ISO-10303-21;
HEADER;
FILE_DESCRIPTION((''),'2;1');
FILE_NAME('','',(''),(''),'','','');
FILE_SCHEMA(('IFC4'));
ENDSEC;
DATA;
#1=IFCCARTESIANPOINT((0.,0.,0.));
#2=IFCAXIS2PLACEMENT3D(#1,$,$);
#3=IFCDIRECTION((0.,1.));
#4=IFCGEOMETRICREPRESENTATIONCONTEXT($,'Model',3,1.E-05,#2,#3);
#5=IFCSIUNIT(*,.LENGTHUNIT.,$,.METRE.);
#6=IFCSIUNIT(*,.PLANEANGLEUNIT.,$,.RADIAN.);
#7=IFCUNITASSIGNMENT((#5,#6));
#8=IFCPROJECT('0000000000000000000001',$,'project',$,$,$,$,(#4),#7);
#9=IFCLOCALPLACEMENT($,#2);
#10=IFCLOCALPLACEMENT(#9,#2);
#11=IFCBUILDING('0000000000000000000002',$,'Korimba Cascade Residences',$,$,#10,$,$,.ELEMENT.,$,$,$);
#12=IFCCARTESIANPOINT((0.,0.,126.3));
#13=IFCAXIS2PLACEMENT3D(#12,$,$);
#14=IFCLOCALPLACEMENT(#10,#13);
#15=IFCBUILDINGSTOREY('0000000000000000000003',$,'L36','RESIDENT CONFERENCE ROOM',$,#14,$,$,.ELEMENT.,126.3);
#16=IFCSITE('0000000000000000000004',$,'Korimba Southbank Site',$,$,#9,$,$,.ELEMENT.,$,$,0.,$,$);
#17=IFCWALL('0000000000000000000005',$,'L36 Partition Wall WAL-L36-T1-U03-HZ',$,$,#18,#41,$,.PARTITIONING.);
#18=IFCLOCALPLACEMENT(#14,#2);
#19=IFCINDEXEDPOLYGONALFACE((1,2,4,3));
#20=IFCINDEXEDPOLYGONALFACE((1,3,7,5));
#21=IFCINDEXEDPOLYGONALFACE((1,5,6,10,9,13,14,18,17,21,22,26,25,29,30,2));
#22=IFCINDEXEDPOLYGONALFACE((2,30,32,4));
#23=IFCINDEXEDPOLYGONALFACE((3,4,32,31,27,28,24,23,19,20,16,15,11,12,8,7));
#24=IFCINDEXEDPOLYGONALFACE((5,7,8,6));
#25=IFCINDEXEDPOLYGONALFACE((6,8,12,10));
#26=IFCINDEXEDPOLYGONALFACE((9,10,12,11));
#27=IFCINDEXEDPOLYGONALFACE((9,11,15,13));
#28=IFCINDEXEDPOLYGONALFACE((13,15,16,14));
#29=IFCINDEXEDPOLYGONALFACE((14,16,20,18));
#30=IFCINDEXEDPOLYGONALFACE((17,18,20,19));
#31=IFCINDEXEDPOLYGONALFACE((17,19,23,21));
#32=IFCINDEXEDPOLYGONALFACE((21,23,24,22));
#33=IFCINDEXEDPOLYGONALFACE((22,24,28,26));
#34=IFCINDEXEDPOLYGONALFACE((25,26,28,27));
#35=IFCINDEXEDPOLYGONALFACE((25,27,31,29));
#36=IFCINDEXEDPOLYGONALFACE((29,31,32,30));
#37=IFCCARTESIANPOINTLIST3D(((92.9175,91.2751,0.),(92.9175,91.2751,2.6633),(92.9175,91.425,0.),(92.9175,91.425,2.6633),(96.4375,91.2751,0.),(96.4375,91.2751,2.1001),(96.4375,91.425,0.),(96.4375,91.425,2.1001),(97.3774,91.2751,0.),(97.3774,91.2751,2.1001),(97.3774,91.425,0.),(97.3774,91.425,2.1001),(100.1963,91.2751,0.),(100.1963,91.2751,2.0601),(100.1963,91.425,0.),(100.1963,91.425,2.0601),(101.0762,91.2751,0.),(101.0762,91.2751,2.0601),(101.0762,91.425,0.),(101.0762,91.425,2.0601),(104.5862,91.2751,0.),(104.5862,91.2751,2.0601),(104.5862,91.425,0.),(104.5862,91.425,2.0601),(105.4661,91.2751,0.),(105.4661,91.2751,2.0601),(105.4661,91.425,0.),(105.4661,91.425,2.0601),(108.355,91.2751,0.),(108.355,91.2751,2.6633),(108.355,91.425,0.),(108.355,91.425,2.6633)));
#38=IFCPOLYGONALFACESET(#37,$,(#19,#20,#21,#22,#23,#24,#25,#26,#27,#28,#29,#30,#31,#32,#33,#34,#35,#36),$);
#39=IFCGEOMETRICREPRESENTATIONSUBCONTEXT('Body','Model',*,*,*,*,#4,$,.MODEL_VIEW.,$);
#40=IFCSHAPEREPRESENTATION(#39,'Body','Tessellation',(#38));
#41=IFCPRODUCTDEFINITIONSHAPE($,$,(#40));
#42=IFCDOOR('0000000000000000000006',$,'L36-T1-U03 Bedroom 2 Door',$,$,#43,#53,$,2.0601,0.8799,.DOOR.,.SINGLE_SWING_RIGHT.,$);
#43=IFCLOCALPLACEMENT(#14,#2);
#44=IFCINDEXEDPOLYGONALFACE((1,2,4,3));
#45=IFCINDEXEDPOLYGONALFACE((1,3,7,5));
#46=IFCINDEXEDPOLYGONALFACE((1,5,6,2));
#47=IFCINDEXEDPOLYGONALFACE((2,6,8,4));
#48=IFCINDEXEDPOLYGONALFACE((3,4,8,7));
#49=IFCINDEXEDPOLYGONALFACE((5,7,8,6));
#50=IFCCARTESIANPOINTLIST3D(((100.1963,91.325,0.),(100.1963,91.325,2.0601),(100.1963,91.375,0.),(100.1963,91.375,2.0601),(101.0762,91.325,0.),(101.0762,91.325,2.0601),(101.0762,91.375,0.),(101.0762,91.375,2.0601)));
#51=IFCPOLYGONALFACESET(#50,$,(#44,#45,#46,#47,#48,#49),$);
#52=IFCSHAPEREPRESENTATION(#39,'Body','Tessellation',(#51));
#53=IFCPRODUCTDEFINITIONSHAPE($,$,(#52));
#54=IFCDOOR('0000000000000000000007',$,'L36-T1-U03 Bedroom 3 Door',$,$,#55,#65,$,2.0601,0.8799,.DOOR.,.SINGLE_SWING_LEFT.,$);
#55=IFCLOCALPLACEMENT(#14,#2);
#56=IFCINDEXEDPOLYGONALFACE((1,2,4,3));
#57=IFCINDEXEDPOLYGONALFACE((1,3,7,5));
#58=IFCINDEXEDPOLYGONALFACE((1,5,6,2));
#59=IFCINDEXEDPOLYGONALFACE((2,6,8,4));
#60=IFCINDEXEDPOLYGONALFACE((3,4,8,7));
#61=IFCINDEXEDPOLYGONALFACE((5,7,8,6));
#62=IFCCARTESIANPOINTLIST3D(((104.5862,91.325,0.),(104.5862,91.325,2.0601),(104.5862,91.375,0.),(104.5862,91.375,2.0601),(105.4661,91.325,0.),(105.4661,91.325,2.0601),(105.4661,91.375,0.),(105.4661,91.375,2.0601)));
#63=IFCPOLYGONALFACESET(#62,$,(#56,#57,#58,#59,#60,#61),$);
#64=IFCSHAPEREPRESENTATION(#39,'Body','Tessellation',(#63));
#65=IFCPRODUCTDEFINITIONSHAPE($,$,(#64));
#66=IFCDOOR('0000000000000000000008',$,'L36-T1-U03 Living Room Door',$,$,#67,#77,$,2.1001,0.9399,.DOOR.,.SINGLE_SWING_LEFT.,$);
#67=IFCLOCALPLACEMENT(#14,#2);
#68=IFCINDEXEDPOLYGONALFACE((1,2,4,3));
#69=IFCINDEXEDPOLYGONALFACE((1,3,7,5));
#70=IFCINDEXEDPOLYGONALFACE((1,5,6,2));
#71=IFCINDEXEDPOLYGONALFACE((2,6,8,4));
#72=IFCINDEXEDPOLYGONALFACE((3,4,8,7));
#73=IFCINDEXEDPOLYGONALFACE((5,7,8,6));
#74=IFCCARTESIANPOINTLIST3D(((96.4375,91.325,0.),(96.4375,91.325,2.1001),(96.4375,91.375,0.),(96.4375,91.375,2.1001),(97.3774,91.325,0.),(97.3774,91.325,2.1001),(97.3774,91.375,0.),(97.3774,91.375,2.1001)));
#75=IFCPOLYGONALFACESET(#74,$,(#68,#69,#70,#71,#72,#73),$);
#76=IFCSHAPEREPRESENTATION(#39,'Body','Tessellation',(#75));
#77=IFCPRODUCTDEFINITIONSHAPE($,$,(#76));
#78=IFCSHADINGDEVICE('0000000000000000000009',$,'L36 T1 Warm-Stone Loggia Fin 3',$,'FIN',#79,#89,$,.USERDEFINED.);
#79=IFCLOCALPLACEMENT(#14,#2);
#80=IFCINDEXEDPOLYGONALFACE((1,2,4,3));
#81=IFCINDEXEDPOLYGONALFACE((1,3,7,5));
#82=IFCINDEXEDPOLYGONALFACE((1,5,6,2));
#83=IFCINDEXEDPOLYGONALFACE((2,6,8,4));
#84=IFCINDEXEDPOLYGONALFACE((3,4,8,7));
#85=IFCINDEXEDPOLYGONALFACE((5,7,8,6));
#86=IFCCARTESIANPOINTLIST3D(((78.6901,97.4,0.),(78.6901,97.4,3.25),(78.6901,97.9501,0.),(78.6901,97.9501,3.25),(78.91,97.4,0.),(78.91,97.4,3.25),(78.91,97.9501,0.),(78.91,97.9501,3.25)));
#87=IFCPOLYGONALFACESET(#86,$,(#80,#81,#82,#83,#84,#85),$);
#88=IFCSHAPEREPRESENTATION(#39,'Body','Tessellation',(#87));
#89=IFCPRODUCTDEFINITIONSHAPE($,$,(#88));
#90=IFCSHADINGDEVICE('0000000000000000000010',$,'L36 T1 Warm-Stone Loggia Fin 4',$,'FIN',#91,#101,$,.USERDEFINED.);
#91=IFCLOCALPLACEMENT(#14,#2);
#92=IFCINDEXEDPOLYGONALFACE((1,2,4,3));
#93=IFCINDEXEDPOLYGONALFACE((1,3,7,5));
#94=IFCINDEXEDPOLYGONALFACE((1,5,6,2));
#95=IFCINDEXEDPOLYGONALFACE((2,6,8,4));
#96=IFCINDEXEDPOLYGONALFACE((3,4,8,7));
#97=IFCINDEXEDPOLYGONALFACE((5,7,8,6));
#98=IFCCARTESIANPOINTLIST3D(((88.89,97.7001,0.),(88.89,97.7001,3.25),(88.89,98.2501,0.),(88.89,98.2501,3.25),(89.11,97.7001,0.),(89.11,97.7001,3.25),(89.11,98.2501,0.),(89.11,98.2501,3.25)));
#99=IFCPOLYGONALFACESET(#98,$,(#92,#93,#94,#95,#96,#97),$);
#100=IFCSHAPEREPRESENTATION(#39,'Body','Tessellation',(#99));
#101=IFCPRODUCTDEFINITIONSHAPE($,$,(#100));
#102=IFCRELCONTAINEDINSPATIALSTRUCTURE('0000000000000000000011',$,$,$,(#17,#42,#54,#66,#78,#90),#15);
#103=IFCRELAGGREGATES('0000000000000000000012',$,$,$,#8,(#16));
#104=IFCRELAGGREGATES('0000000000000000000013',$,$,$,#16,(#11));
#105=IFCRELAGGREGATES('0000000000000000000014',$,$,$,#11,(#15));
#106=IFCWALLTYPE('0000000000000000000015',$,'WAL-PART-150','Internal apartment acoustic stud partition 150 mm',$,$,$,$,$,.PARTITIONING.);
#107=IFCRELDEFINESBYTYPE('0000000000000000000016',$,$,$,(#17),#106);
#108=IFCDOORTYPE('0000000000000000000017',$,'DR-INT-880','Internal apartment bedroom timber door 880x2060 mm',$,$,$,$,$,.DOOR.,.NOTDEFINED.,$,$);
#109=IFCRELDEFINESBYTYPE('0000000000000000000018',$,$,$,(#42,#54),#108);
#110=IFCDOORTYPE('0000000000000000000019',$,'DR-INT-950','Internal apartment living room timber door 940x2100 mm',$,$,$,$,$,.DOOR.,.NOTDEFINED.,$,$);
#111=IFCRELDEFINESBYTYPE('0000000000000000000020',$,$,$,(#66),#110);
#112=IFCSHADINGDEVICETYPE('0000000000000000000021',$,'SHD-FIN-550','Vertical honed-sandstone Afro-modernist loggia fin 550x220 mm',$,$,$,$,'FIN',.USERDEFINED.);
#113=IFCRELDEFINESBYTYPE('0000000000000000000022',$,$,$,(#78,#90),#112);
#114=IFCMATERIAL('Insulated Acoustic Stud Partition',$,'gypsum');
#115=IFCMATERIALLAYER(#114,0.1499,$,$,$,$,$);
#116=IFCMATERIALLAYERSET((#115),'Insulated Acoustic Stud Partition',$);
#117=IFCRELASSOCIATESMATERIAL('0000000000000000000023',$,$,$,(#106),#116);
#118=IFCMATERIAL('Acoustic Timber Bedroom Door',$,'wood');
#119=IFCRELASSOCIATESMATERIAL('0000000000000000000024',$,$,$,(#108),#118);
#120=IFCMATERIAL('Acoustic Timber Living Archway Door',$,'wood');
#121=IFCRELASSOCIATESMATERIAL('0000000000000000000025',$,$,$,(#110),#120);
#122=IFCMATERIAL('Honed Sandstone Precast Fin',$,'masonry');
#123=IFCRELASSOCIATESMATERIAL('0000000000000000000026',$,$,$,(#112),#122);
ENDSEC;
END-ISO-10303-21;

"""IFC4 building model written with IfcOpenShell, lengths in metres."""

from ifc_helpers import new_model, si_unit, direction, frame, frame_2d, origin, origin_2d, place, context, subcontext, project, spatial, rectangle, extrude, material, layer, layer_set, type_object, element, fill, save


model = new_model("IFC4")

# Units and contexts
model_context = context("Model", 3, precision=1e-05, world=origin(), true_north=direction((0.0, 1.0)))
body_context = subcontext(model_context, "Body", "Model", "MODEL_VIEW")
ifc_project = project(units=[si_unit("LENGTHUNIT", "METRE"), si_unit("PLANEANGLEUNIT", "RADIAN")], contexts=[model_context])

# Site, building, storey
site_placement = place(None, origin())
site = spatial("IfcSite", under=ifc_project, at=site_placement, Name="Korimba Southbank Site", CompositionType="ELEMENT", RefElevation=0.0)
building_placement = place(site_placement, origin())
building = spatial("IfcBuilding", under=site, at=building_placement, Name="Korimba Cascade Residences", CompositionType="ELEMENT")
storey_placement = place(building_placement, frame((0.0, 0.0, 126.3)))
storey = spatial("IfcBuildingStorey", under=building, at=storey_placement, Name="L36", Description="RESIDENT CONFERENCE ROOM", CompositionType="ELEMENT", Elevation=126.3)

# Shared definitions
ifc_material_1 = material(Name="Insulated Acoustic Stud Partition", Category="gypsum")
ifc_layer = layer(ifc_material_1, 0.1499)
ifc_layer_set = layer_set([ifc_layer], Name="Insulated Acoustic Stud Partition")
wall_type = type_object("IfcWallType", Name="WAL-PART-150", Description="Internal apartment acoustic stud partition 150 mm", PredefinedType="PARTITIONING", material=ifc_layer_set)

# Wall, openings, doors
wall_1_placement = place(storey_placement, frame((92.9175, 91.3501, 0.0), z_axis=(0.0, 0.0, 1.0), x_axis=(1.0, 0.0, 0.0)))
wall_1 = element("IfcWall", 1, at=wall_1_placement, inside=storey, type_object=wall_type, Name="L36 Partition Wall WAL-L36-T1-U03-HZ", PredefinedType="PARTITIONING", context=body_context, shape_type="SweptSolid", body=[
    extrude(rectangle(XDim=15.4375, YDim=0.1499, at=frame_2d((7.7188, 0.0))), origin(), (0.0, 0.0, 1.0), 2.6633),
])
opening_1_placement = place(wall_1_placement, frame((3.52, 0.0, 0.0)))
opening_1 = element("IfcOpeningElement", 2, at=opening_1_placement, cuts=wall_1, PredefinedType="OPENING", context=body_context, shape_type="SweptSolid", body=[
    extrude(rectangle(XDim=0.9399, YDim=2.1001, at=frame_2d((0.47, 1.05))), frame((0.0, 0.085, 0.0), z_axis=(0.0, -1.0, 0.0), x_axis=(1.0, 0.0, 0.0)), (0.0, 0.0, 1.0), 0.1699),
])
opening_2_placement = place(wall_1_placement, frame((7.2788, 0.0, 0.0)))
opening_2 = element("IfcOpeningElement", 3, at=opening_2_placement, cuts=wall_1, PredefinedType="OPENING", context=body_context, shape_type="SweptSolid", body=[
    extrude(rectangle(XDim=0.8799, YDim=2.0601, at=frame_2d((0.4399, 1.03))), frame((0.0, 0.085, 0.0), z_axis=(0.0, -1.0, 0.0), x_axis=(1.0, 0.0, 0.0)), (0.0, 0.0, 1.0), 0.1699),
])
opening_3_placement = place(wall_1_placement, frame((11.6687, 0.0, 0.0)))
opening_3 = element("IfcOpeningElement", 4, at=opening_3_placement, cuts=wall_1, PredefinedType="OPENING", context=body_context, shape_type="SweptSolid", body=[
    extrude(rectangle(XDim=0.8799, YDim=2.0601, at=frame_2d((0.4399, 1.03))), frame((0.0, 0.085, 0.0), z_axis=(0.0, -1.0, 0.0), x_axis=(1.0, 0.0, 0.0)), (0.0, 0.0, 1.0), 0.1699),
])
ifc_material_2 = material(Name="Acoustic Timber Bedroom Door", Category="wood")
door_type_1 = type_object("IfcDoorType", Name="DR-INT-880", Description="Internal apartment bedroom timber door 880x2060 mm", OperationType="NOTDEFINED", PredefinedType="DOOR", material=ifc_material_2)
door_1_placement = place(opening_2_placement, origin())
door_1 = element("IfcDoor", 5, at=door_1_placement, inside=storey, type_object=door_type_1, Name="L36-T1-U03 Bedroom 2 Door", OperationType="SINGLE_SWING_RIGHT", OverallHeight=2.0601, OverallWidth=0.8799, PredefinedType="DOOR", context=body_context, shape_type="SweptSolid", body=[
    extrude(rectangle(XDim=0.8799, YDim=2.0601, at=frame_2d((0.4399, 1.03))), frame((0.0, 0.0249, 0.0), z_axis=(0.0, -1.0, 0.0), x_axis=(1.0, 0.0, 0.0)), (0.0, 0.0, 1.0), 0.05),
])
fill(opening_2, door_1)
door_2_placement = place(opening_3_placement, origin())
door_2 = element("IfcDoor", 6, at=door_2_placement, inside=storey, type_object=door_type_1, Name="L36-T1-U03 Bedroom 3 Door", OperationType="SINGLE_SWING_LEFT", OverallHeight=2.0601, OverallWidth=0.8799, PredefinedType="DOOR", context=body_context, shape_type="SweptSolid", body=[
    extrude(rectangle(XDim=0.8799, YDim=2.0601, at=frame_2d((0.4399, 1.03))), frame((0.0, 0.0249, 0.0), z_axis=(0.0, -1.0, 0.0), x_axis=(1.0, 0.0, 0.0)), (0.0, 0.0, 1.0), 0.05),
])
fill(opening_3, door_2)
ifc_material_3 = material(Name="Acoustic Timber Living Archway Door", Category="wood")
door_type_2 = type_object("IfcDoorType", Name="DR-INT-950", Description="Internal apartment living room timber door 940x2100 mm", OperationType="NOTDEFINED", PredefinedType="DOOR", material=ifc_material_3)
door_3_placement = place(opening_1_placement, origin())
door_3 = element("IfcDoor", 7, at=door_3_placement, inside=storey, type_object=door_type_2, Name="L36-T1-U03 Living Room Door", OperationType="SINGLE_SWING_LEFT", OverallHeight=2.1001, OverallWidth=0.9399, PredefinedType="DOOR", context=body_context, shape_type="SweptSolid", body=[
    extrude(rectangle(XDim=0.9399, YDim=2.1001, at=frame_2d((0.47, 1.05))), frame((0.0, 0.0249, 0.0), z_axis=(0.0, -1.0, 0.0), x_axis=(1.0, 0.0, 0.0)), (0.0, 0.0, 1.0), 0.05),
])
fill(opening_1, door_3)

# Shading devices
ifc_material_4 = material(Name="Honed Sandstone Precast Fin", Category="masonry")
shading_device_type = type_object("IfcShadingDeviceType", Name="SHD-FIN-550", Description="Vertical honed-sandstone Afro-modernist loggia fin 550x220 mm", ElementType="FIN", PredefinedType="USERDEFINED", material=ifc_material_4)
for number, where, z_axis, x_axis, name in (
    (8, (78.8, 97.675, 0.0), (0.0, 0.0, 1.0), (1.0, 0.0, 0.0), "L36 T1 Warm-Stone Loggia Fin 3"),
    (9, (89.0, 97.9751, 0.0), (0.0, 0.0, 1.0), (1.0, 0.0, 0.0), "L36 T1 Warm-Stone Loggia Fin 4"),
):
    element("IfcShadingDevice", number, at=place(storey_placement, frame(where, z_axis=z_axis, x_axis=x_axis)), inside=storey, type_object=shading_device_type, Name=name, ObjectType="FIN", PredefinedType="USERDEFINED", context=body_context, shape_type="SweptSolid", body=[
        extrude(rectangle(XDim=0.22, YDim=0.55, at=origin_2d()), origin(), (0.0, 0.0, 1.0), 3.25),
    ])

save(model, "model.ifc")
